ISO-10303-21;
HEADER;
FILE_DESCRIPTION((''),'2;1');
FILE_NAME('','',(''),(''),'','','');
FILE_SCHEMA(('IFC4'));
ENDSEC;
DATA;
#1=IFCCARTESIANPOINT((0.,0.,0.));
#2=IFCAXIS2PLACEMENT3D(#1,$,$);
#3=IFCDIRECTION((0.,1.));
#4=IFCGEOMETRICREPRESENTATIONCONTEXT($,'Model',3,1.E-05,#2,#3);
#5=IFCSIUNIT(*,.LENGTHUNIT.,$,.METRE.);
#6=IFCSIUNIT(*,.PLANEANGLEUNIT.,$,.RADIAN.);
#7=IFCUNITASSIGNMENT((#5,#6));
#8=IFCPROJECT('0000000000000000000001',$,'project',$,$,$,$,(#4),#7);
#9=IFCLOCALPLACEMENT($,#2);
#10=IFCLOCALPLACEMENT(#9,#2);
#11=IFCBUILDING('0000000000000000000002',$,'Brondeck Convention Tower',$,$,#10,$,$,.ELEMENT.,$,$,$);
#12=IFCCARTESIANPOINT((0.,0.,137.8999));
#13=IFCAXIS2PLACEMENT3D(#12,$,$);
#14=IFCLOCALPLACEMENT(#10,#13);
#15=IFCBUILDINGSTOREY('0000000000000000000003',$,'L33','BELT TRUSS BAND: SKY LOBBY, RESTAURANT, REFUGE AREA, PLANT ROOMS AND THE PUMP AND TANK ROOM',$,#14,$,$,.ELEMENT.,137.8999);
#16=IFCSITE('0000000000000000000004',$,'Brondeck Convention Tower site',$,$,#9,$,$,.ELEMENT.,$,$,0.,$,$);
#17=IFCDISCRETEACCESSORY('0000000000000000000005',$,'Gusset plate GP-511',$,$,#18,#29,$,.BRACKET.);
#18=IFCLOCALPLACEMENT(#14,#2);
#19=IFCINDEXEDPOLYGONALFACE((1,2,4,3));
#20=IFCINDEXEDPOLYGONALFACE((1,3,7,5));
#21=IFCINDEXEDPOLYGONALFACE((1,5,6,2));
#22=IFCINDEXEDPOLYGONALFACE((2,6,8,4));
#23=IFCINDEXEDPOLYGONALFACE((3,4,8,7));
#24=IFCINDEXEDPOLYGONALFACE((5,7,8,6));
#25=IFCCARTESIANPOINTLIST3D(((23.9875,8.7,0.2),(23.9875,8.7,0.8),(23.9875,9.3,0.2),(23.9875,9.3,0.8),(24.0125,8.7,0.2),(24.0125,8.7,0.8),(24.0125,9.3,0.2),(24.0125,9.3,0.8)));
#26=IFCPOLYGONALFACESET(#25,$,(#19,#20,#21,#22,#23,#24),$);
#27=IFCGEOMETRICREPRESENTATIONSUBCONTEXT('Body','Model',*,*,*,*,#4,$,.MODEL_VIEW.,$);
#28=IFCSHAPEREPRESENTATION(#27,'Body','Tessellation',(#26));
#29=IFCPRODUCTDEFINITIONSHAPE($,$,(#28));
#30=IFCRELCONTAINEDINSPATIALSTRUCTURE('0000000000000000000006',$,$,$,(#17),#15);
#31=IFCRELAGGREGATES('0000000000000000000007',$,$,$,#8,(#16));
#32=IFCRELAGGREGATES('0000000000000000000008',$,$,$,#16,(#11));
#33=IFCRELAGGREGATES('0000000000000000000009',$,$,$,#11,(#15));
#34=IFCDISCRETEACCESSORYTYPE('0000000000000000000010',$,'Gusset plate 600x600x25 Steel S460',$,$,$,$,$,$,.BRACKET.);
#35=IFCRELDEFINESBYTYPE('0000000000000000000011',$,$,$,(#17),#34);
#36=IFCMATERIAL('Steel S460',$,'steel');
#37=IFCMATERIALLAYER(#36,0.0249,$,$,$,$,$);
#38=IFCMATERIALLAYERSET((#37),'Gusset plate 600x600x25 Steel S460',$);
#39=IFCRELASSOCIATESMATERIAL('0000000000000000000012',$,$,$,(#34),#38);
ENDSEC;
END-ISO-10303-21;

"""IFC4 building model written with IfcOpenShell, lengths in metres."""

from ifc_helpers import new_model, si_unit, direction, frame, origin, origin_2d, place, context, subcontext, project, spatial, rectangle, extrude, material, layer, layer_set, type_object, element, save


model = new_model("IFC4")

# Units and contexts
model_context = context("Model", 3, precision=1e-05, world=origin(), true_north=direction((0.0, 1.0)))
body_context = subcontext(model_context, "Body", "Model", "MODEL_VIEW")
ifc_project = project(units=[si_unit("LENGTHUNIT", "METRE"), si_unit("PLANEANGLEUNIT", "RADIAN")], contexts=[model_context])

# Site, building, storey
site_placement = place(None, origin())
site = spatial("IfcSite", under=ifc_project, at=site_placement, Name="Brondeck Convention Tower site", CompositionType="ELEMENT", RefElevation=0.0)
building_placement = place(site_placement, origin())
building = spatial("IfcBuilding", under=site, at=building_placement, Name="Brondeck Convention Tower", CompositionType="ELEMENT")
storey_placement = place(building_placement, frame((0.0, 0.0, 137.8999)))
storey = spatial("IfcBuildingStorey", under=building, at=storey_placement, Name="L33", Description="BELT TRUSS BAND: SKY LOBBY, RESTAURANT, REFUGE AREA, PLANT ROOMS AND THE PUMP AND TANK ROOM", CompositionType="ELEMENT", Elevation=137.8999)

# Shared definitions
ifc_material_1 = material(Name="Steel S460", Category="steel")

# Discrete accessory
ifc_layer_1 = layer(ifc_material_1, 0.0249)
ifc_layer_set_1 = layer_set([ifc_layer_1], Name="Gusset plate 600x600x25 Steel S460")
discrete_accessory_type = type_object("IfcDiscreteAccessoryType", Name="Gusset plate 600x600x25 Steel S460", PredefinedType="BRACKET", material=ifc_layer_set_1)
for number, where, z_axis, x_axis, name in (
    (1, (24.0, 9.0, 0.2), (0.0, 0.0, 1.0), (0.0, 1.0, 0.0), "Gusset plate GP-511"),
):
    element("IfcDiscreteAccessory", number, at=place(storey_placement, frame(where, z_axis=z_axis, x_axis=x_axis)), inside=storey, type_object=discrete_accessory_type, Name=name, PredefinedType="BRACKET", context=body_context, shape_type="SweptSolid", body=[
        extrude(rectangle(XDim=0.6001, YDim=0.0249, at=origin_2d()), origin(), (0.0, 0.0, 1.0), 0.6001),
    ])

save(model, "model.ifc")
